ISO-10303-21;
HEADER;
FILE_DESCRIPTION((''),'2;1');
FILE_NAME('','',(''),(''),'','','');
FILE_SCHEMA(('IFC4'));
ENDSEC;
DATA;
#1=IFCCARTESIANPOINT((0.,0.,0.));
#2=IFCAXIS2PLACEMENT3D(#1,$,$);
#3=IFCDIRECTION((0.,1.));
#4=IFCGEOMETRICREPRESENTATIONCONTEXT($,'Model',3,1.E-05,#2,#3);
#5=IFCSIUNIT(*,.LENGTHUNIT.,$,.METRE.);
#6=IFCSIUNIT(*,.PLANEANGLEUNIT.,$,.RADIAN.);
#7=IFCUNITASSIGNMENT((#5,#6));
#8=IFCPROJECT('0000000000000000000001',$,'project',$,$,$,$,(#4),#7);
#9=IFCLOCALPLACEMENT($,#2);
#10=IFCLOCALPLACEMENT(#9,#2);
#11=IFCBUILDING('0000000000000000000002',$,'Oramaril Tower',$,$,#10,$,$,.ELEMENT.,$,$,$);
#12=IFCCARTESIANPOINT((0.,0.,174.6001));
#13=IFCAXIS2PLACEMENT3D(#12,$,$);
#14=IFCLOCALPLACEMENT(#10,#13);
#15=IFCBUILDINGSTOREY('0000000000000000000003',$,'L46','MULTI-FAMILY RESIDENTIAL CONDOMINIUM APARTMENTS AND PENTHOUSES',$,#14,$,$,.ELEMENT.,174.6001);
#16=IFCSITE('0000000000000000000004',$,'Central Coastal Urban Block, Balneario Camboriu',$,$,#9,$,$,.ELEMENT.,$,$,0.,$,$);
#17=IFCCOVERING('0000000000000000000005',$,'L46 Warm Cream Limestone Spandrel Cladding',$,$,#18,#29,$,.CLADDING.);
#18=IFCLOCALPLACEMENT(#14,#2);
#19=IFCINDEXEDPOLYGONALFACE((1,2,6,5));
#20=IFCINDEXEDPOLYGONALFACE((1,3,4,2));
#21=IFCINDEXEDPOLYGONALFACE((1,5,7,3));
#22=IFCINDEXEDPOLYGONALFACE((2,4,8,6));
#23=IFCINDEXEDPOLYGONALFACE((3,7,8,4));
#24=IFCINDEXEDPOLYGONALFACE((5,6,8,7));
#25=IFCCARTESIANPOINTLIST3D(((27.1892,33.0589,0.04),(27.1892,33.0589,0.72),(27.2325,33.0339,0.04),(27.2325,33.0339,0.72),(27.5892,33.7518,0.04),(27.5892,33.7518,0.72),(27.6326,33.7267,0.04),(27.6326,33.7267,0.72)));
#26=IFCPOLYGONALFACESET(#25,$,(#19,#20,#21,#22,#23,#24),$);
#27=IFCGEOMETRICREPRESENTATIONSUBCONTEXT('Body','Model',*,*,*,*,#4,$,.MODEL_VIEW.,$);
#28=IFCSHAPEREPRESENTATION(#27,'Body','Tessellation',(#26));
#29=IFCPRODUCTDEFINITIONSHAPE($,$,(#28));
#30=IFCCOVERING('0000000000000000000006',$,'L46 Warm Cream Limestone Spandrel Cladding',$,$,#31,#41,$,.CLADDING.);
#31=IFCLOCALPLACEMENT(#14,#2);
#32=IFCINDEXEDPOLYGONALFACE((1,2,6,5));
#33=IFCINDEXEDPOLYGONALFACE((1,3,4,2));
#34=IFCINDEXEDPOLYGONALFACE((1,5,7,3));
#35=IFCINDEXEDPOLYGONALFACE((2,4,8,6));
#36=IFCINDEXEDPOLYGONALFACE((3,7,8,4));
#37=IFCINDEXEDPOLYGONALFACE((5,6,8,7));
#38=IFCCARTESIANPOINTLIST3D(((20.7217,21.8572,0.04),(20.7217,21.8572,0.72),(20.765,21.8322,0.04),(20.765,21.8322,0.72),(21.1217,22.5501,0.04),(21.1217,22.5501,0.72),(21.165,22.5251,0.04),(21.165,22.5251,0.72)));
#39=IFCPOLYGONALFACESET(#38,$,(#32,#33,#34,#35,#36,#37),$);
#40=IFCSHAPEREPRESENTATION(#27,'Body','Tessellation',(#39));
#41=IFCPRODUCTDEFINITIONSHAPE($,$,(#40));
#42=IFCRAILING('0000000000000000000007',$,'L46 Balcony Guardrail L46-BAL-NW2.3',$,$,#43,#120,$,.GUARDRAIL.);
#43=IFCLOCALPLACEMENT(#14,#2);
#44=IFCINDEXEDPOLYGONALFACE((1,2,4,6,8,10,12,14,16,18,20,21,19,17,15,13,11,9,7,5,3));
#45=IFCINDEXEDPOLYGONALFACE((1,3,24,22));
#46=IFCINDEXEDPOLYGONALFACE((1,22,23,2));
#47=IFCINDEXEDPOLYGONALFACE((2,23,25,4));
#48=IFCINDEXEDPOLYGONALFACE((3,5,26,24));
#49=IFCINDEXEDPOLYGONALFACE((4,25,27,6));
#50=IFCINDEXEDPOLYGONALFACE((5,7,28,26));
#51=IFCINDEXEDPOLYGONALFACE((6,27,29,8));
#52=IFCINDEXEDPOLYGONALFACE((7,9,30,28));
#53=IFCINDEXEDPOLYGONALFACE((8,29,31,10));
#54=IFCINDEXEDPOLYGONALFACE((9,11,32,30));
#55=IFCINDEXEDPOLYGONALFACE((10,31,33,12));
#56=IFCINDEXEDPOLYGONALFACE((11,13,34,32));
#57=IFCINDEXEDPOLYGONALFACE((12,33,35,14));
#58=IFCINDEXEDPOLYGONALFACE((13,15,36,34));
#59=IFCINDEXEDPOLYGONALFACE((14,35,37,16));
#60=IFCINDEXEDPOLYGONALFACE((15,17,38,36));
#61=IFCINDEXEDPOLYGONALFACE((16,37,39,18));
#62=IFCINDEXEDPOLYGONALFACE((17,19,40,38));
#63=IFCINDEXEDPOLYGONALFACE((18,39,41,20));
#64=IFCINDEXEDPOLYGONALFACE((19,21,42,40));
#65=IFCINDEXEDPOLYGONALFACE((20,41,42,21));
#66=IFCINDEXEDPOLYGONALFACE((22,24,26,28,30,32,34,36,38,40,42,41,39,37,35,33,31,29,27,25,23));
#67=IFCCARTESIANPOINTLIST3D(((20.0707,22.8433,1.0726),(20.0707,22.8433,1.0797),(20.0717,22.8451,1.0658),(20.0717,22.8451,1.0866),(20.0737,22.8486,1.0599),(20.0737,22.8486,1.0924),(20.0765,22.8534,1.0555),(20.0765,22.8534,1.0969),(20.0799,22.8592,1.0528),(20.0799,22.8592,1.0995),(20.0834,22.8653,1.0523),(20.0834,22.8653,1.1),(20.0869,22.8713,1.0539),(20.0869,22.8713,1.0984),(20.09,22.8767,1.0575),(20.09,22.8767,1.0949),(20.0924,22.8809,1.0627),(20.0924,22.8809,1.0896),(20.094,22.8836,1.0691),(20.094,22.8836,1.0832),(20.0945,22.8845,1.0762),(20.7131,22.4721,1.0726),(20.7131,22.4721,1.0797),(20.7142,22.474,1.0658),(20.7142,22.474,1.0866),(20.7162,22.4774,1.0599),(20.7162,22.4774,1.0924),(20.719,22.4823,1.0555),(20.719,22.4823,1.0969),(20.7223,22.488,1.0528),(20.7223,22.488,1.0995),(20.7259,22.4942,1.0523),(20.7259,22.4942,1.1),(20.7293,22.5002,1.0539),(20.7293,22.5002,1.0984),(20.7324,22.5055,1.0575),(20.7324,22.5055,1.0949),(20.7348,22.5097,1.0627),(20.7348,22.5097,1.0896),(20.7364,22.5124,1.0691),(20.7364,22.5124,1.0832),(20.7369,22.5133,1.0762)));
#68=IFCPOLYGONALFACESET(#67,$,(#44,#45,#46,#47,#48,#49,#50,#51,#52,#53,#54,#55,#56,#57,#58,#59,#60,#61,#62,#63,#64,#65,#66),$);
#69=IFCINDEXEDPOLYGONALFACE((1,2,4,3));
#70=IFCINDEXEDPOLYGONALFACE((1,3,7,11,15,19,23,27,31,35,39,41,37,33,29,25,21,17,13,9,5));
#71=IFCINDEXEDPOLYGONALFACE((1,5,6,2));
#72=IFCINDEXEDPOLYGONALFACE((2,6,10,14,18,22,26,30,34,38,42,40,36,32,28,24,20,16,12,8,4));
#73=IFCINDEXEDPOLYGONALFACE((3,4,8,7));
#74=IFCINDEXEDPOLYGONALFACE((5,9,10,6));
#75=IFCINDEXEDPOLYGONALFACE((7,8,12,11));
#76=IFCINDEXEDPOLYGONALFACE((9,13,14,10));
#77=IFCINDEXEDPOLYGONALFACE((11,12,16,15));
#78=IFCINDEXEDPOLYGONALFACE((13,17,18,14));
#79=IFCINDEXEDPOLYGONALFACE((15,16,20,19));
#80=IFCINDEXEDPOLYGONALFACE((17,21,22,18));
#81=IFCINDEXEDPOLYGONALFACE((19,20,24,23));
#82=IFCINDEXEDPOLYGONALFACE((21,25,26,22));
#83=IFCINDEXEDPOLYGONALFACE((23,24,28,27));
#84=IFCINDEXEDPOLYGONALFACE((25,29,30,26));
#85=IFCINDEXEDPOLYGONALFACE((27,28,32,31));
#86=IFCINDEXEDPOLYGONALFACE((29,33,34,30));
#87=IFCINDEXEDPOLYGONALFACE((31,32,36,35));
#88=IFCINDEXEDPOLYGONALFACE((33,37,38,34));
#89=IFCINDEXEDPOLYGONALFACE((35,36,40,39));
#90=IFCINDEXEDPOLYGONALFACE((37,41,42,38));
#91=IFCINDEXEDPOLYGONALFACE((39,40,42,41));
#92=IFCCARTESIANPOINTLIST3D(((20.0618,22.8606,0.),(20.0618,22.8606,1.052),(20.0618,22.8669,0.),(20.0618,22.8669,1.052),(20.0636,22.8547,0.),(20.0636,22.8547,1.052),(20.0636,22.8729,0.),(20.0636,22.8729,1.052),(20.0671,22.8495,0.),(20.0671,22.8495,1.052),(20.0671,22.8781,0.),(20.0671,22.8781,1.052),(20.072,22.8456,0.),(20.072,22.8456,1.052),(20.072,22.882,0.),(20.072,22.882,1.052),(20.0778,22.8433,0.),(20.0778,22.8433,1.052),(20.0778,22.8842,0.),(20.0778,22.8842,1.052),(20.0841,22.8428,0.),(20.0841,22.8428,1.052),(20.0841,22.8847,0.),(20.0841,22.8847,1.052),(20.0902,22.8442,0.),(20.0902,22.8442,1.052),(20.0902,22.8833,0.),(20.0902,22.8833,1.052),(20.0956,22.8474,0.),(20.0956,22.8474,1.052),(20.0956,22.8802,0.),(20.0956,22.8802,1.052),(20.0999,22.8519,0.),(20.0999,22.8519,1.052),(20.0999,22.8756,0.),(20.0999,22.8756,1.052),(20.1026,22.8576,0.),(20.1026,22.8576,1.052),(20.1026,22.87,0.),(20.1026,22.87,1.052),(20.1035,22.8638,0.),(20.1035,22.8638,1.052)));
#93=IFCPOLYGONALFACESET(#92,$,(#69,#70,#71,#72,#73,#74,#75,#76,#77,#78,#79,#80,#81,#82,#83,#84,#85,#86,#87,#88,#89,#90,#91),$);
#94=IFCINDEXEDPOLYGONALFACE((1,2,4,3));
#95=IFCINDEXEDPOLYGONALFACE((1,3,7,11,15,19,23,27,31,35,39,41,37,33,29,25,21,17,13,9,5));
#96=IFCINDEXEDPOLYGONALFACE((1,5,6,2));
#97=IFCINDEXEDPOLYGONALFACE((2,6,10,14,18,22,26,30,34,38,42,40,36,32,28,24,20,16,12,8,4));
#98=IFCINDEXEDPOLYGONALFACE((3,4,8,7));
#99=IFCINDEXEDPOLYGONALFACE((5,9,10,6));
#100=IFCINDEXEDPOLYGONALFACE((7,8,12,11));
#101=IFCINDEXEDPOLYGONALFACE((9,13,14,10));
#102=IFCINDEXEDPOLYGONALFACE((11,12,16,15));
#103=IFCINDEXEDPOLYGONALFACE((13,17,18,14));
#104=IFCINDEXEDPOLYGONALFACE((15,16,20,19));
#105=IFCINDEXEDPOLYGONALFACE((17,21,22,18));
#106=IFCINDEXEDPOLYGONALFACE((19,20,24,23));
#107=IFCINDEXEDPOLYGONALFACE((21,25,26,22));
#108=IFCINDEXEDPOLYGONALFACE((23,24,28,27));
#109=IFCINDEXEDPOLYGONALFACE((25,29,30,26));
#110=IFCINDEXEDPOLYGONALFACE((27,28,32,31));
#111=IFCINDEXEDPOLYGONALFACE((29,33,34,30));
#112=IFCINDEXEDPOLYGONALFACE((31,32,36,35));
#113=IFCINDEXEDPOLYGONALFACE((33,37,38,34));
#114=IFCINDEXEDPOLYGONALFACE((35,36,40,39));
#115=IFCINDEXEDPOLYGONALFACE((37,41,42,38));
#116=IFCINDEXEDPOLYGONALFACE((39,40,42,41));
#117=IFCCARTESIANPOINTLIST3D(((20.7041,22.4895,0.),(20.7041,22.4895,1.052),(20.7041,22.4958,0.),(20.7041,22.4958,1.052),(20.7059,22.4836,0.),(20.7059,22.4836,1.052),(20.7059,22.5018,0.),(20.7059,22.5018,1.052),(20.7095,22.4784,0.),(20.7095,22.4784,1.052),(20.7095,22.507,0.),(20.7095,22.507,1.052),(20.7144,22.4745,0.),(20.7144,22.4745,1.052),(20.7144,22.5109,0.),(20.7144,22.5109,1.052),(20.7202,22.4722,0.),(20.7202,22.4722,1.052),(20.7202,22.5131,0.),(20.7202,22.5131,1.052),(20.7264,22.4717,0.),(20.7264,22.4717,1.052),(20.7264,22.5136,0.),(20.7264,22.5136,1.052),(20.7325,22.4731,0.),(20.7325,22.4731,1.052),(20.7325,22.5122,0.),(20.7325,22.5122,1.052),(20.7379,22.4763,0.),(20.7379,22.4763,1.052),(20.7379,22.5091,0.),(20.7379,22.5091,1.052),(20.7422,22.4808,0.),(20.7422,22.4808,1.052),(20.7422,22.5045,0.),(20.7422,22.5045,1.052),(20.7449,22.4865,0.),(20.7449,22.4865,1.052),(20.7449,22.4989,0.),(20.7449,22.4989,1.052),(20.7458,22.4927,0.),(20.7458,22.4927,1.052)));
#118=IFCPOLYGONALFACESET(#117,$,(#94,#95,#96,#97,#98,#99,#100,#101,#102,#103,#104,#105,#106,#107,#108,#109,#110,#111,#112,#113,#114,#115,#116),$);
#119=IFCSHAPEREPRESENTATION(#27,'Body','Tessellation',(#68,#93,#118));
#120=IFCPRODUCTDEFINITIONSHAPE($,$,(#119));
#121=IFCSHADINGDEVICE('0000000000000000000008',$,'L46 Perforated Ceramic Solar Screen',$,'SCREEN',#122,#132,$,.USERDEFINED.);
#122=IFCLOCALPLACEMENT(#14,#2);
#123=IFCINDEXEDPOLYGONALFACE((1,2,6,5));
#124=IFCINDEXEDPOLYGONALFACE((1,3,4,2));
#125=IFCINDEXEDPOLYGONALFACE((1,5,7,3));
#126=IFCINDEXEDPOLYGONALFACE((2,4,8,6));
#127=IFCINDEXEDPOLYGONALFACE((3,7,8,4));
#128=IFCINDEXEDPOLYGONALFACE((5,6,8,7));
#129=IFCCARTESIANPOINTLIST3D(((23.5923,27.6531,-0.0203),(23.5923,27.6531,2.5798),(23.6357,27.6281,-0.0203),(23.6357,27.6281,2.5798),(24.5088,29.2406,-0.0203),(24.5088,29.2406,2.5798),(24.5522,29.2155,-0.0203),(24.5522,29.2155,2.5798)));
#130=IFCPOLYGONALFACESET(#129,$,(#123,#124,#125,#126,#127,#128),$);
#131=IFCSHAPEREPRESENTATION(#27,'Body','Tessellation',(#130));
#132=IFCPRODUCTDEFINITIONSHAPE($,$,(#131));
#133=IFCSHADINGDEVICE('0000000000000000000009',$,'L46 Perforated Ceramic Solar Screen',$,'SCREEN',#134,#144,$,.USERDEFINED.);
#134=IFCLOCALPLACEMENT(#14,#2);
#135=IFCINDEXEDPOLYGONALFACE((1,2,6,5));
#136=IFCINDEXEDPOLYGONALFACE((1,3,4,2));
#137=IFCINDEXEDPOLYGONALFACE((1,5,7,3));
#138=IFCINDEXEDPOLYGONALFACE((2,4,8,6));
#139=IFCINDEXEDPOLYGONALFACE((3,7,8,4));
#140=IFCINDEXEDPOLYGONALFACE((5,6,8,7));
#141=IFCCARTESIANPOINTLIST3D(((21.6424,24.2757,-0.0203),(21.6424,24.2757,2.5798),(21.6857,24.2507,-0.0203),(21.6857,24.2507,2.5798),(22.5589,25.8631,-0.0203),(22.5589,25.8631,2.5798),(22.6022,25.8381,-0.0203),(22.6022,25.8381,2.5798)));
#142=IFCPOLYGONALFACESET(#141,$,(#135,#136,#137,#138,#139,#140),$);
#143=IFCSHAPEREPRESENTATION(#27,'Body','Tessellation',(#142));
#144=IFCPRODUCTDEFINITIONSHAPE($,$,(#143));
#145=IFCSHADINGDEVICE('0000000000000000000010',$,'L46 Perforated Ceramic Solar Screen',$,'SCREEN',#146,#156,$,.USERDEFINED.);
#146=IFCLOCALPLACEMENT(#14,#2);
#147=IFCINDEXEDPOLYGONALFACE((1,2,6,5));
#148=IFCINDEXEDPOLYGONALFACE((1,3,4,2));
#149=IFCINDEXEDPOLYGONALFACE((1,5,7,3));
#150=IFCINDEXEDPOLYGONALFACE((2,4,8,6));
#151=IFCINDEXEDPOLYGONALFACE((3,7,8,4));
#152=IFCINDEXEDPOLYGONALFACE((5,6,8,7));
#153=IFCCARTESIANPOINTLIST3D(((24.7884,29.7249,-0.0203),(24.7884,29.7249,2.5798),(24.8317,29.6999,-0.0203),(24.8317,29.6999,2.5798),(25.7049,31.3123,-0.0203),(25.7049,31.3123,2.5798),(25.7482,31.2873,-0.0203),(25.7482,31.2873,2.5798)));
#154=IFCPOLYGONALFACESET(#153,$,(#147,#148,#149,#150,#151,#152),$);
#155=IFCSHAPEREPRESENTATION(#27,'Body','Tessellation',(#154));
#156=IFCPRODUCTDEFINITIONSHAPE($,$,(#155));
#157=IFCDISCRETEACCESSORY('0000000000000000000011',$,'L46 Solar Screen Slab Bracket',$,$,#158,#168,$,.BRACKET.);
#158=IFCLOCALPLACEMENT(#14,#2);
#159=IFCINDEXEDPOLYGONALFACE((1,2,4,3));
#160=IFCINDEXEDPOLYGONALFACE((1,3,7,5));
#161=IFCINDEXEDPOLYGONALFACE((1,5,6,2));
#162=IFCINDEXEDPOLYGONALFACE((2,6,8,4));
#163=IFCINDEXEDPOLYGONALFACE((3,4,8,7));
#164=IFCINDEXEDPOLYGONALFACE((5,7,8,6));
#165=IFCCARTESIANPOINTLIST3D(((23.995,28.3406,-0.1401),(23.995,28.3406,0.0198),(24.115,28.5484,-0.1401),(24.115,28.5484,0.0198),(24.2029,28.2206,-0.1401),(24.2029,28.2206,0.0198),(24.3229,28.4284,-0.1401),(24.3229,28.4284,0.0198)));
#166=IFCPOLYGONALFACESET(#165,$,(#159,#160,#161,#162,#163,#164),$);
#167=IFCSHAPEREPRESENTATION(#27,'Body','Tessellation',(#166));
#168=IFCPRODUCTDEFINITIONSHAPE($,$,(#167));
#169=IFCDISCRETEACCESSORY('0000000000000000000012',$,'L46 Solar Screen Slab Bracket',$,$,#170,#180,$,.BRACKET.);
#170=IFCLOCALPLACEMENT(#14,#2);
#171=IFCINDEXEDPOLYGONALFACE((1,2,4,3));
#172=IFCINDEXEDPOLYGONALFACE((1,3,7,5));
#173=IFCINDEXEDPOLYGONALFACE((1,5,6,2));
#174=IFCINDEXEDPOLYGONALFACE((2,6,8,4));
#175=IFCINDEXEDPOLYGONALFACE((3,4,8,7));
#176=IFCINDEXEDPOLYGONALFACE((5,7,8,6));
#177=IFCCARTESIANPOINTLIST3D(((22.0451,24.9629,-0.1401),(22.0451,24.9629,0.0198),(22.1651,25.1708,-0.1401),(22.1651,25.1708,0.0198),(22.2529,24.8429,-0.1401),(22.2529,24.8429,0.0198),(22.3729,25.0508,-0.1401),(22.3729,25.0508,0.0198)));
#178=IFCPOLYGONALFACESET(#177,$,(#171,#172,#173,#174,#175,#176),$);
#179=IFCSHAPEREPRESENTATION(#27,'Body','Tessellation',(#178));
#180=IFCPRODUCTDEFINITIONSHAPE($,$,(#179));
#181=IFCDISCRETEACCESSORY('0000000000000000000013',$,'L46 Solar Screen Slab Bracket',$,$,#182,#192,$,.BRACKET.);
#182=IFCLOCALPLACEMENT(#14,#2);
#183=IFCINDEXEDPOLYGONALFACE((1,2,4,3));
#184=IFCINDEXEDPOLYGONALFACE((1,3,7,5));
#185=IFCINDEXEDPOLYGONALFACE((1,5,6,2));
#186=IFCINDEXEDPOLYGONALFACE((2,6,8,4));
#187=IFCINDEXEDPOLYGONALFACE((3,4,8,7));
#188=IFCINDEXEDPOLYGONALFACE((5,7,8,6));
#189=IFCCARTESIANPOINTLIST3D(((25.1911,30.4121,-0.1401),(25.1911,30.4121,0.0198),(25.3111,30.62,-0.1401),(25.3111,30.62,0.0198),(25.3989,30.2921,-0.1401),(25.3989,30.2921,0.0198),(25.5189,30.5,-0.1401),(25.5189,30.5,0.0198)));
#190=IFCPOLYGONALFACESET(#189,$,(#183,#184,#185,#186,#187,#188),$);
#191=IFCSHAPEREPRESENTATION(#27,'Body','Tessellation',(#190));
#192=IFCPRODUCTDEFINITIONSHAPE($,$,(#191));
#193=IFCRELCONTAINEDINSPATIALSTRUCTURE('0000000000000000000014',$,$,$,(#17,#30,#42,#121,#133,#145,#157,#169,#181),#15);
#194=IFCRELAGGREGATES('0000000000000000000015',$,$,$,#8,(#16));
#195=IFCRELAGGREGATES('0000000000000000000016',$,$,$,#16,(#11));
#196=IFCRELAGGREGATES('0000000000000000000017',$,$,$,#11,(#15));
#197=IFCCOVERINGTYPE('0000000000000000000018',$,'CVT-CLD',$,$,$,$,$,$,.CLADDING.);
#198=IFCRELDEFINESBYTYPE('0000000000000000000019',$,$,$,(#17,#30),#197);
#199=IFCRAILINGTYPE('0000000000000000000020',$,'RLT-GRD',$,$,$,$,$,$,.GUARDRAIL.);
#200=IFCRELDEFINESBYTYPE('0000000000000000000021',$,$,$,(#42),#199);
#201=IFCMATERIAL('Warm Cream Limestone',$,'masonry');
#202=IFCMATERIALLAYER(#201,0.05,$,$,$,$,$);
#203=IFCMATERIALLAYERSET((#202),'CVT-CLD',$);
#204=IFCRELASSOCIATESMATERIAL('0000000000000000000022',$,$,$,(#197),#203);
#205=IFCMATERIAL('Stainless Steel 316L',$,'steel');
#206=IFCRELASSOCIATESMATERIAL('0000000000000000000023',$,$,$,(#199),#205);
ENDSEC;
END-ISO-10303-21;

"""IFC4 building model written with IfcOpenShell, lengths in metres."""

from ifc_helpers import new_model, si_unit, direction, frame, origin, origin_2d, place, context, subcontext, project, spatial, rectangle, circle, extrude, material, layer, layer_set, type_object, element, save


model = new_model("IFC4")

# Units and contexts
model_context = context("Model", 3, precision=1e-05, world=origin(), true_north=direction((0.0, 1.0)))
body_context = subcontext(model_context, "Body", "Model", "MODEL_VIEW")
ifc_project = project(units=[si_unit("LENGTHUNIT", "METRE"), si_unit("PLANEANGLEUNIT", "RADIAN")], contexts=[model_context])

# Site, building, storey
site_placement = place(None, origin())
site = spatial("IfcSite", under=ifc_project, at=site_placement, Name="Central Coastal Urban Block, Balneario Camboriu", CompositionType="ELEMENT", RefElevation=0.0)
building_placement = place(site_placement, origin())
building = spatial("IfcBuilding", under=site, at=building_placement, Name="Oramaril Tower", CompositionType="ELEMENT")
storey_placement = place(building_placement, frame((0.0, 0.0, 174.6001)))
storey = spatial("IfcBuildingStorey", under=building, at=storey_placement, Name="L46", Description="MULTI-FAMILY RESIDENTIAL CONDOMINIUM APARTMENTS AND PENTHOUSES", CompositionType="ELEMENT", Elevation=174.6001)

# Coverings
ifc_material_1 = material(Name="Warm Cream Limestone", Category="masonry")
ifc_layer_1 = layer(ifc_material_1, 0.05)
ifc_layer_set_1 = layer_set([ifc_layer_1], Name="CVT-CLD")
covering_type = type_object("IfcCoveringType", Name="CVT-CLD", PredefinedType="CLADDING", material=ifc_layer_set_1)
for number, where, z_axis, x_axis, name in (
    (1, (27.4109, 33.3928, 0.04), (0.0, 0.0, 1.0), (-0.5, -0.866025, 0.0), "L46 Warm Cream Limestone Spandrel Cladding"),
    (2, (20.9434, 22.1912, 0.04), (0.0, 0.0, 1.0), (-0.5, -0.866025, 0.0), "L46 Warm Cream Limestone Spandrel Cladding"),
):
    element("IfcCovering", number, at=place(storey_placement, frame(where, z_axis=z_axis, x_axis=x_axis)), inside=storey, type_object=covering_type, Name=name, PredefinedType="CLADDING", context=body_context, shape_type="SweptSolid", body=[
        extrude(rectangle(XDim=0.8, YDim=0.05, at=origin_2d()), origin(), (0.0, 0.0, 1.0), 0.6799),
    ])

# Railing
ifc_material_2 = material(Name="Stainless Steel 316L", Category="steel")
railing_type = type_object("IfcRailingType", Name="RLT-GRD", PredefinedType="GUARDRAIL", material=ifc_material_2)
railing_placement = place(storey_placement, frame((20.0825, 22.8638, 0.0)))
element("IfcRailing", 3, at=railing_placement, inside=storey, type_object=railing_type, Name="L46 Balcony Guardrail L46-BAL-NW2.3", PredefinedType="GUARDRAIL", context=body_context, shape_type="SweptSolid", body=[
    extrude(circle(Radius=0.0239, at=origin_2d()), frame((0.0, 0.0, 1.0762), z_axis=(0.865884, -0.500245, 0.0), x_axis=(0.500245, 0.865884, 0.0)), (0.0, 0.0, 1.0), 0.7419),
    extrude(circle(Radius=0.021, at=origin_2d()), origin(), (0.0, 0.0, 1.0), 1.052),
    extrude(circle(Radius=0.021, at=origin_2d()), frame((0.6423, -0.3711, 0.0)), (0.0, 0.0, 1.0), 1.052),
])

# Shading devices
for number, where, z_axis, x_axis, name in (
    (4, (24.0723, 28.4343, -0.0203), (0.0, 0.0, 1.0), (-0.5, -0.866025, 0.0), "L46 Perforated Ceramic Solar Screen"),
    (5, (22.1223, 25.0569, -0.0203), (0.0, 0.0, 1.0), (-0.5, -0.866025, 0.0), "L46 Perforated Ceramic Solar Screen"),
    (6, (25.2683, 30.5061, -0.0203), (0.0, 0.0, 1.0), (-0.5, -0.866025, 0.0), "L46 Perforated Ceramic Solar Screen"),
):
    element("IfcShadingDevice", number, at=place(storey_placement, frame(where, z_axis=z_axis, x_axis=x_axis)), inside=storey, Name=name, ObjectType="SCREEN", PredefinedType="USERDEFINED", context=body_context, shape_type="SweptSolid", body=[
        extrude(rectangle(XDim=1.833, YDim=0.05, at=origin_2d()), origin(), (0.0, 0.0, 1.0), 2.6001),
    ])

# Discrete accessories
for number, where, z_axis, x_axis, name in (
    (7, (24.1589, 28.3845, -0.1401), (0.0, 0.0, 1.0), (-0.5, -0.866025, 0.0), "L46 Solar Screen Slab Bracket"),
    (8, (22.209, 25.0068, -0.1401), (0.0, 0.0, 1.0), (-0.5, -0.866025, 0.0), "L46 Solar Screen Slab Bracket"),
    (9, (25.355, 30.4561, -0.1401), (0.0, 0.0, 1.0), (-0.5, -0.866025, 0.0), "L46 Solar Screen Slab Bracket"),
):
    element("IfcDiscreteAccessory", number, at=place(storey_placement, frame(where, z_axis=z_axis, x_axis=x_axis)), inside=storey, Name=name, PredefinedType="BRACKET", context=body_context, shape_type="SweptSolid", body=[
        extrude(rectangle(XDim=0.24, YDim=0.24, at=origin_2d()), origin(), (0.0, 0.0, 1.0), 0.1599),
    ])

save(model, "model.ifc")
